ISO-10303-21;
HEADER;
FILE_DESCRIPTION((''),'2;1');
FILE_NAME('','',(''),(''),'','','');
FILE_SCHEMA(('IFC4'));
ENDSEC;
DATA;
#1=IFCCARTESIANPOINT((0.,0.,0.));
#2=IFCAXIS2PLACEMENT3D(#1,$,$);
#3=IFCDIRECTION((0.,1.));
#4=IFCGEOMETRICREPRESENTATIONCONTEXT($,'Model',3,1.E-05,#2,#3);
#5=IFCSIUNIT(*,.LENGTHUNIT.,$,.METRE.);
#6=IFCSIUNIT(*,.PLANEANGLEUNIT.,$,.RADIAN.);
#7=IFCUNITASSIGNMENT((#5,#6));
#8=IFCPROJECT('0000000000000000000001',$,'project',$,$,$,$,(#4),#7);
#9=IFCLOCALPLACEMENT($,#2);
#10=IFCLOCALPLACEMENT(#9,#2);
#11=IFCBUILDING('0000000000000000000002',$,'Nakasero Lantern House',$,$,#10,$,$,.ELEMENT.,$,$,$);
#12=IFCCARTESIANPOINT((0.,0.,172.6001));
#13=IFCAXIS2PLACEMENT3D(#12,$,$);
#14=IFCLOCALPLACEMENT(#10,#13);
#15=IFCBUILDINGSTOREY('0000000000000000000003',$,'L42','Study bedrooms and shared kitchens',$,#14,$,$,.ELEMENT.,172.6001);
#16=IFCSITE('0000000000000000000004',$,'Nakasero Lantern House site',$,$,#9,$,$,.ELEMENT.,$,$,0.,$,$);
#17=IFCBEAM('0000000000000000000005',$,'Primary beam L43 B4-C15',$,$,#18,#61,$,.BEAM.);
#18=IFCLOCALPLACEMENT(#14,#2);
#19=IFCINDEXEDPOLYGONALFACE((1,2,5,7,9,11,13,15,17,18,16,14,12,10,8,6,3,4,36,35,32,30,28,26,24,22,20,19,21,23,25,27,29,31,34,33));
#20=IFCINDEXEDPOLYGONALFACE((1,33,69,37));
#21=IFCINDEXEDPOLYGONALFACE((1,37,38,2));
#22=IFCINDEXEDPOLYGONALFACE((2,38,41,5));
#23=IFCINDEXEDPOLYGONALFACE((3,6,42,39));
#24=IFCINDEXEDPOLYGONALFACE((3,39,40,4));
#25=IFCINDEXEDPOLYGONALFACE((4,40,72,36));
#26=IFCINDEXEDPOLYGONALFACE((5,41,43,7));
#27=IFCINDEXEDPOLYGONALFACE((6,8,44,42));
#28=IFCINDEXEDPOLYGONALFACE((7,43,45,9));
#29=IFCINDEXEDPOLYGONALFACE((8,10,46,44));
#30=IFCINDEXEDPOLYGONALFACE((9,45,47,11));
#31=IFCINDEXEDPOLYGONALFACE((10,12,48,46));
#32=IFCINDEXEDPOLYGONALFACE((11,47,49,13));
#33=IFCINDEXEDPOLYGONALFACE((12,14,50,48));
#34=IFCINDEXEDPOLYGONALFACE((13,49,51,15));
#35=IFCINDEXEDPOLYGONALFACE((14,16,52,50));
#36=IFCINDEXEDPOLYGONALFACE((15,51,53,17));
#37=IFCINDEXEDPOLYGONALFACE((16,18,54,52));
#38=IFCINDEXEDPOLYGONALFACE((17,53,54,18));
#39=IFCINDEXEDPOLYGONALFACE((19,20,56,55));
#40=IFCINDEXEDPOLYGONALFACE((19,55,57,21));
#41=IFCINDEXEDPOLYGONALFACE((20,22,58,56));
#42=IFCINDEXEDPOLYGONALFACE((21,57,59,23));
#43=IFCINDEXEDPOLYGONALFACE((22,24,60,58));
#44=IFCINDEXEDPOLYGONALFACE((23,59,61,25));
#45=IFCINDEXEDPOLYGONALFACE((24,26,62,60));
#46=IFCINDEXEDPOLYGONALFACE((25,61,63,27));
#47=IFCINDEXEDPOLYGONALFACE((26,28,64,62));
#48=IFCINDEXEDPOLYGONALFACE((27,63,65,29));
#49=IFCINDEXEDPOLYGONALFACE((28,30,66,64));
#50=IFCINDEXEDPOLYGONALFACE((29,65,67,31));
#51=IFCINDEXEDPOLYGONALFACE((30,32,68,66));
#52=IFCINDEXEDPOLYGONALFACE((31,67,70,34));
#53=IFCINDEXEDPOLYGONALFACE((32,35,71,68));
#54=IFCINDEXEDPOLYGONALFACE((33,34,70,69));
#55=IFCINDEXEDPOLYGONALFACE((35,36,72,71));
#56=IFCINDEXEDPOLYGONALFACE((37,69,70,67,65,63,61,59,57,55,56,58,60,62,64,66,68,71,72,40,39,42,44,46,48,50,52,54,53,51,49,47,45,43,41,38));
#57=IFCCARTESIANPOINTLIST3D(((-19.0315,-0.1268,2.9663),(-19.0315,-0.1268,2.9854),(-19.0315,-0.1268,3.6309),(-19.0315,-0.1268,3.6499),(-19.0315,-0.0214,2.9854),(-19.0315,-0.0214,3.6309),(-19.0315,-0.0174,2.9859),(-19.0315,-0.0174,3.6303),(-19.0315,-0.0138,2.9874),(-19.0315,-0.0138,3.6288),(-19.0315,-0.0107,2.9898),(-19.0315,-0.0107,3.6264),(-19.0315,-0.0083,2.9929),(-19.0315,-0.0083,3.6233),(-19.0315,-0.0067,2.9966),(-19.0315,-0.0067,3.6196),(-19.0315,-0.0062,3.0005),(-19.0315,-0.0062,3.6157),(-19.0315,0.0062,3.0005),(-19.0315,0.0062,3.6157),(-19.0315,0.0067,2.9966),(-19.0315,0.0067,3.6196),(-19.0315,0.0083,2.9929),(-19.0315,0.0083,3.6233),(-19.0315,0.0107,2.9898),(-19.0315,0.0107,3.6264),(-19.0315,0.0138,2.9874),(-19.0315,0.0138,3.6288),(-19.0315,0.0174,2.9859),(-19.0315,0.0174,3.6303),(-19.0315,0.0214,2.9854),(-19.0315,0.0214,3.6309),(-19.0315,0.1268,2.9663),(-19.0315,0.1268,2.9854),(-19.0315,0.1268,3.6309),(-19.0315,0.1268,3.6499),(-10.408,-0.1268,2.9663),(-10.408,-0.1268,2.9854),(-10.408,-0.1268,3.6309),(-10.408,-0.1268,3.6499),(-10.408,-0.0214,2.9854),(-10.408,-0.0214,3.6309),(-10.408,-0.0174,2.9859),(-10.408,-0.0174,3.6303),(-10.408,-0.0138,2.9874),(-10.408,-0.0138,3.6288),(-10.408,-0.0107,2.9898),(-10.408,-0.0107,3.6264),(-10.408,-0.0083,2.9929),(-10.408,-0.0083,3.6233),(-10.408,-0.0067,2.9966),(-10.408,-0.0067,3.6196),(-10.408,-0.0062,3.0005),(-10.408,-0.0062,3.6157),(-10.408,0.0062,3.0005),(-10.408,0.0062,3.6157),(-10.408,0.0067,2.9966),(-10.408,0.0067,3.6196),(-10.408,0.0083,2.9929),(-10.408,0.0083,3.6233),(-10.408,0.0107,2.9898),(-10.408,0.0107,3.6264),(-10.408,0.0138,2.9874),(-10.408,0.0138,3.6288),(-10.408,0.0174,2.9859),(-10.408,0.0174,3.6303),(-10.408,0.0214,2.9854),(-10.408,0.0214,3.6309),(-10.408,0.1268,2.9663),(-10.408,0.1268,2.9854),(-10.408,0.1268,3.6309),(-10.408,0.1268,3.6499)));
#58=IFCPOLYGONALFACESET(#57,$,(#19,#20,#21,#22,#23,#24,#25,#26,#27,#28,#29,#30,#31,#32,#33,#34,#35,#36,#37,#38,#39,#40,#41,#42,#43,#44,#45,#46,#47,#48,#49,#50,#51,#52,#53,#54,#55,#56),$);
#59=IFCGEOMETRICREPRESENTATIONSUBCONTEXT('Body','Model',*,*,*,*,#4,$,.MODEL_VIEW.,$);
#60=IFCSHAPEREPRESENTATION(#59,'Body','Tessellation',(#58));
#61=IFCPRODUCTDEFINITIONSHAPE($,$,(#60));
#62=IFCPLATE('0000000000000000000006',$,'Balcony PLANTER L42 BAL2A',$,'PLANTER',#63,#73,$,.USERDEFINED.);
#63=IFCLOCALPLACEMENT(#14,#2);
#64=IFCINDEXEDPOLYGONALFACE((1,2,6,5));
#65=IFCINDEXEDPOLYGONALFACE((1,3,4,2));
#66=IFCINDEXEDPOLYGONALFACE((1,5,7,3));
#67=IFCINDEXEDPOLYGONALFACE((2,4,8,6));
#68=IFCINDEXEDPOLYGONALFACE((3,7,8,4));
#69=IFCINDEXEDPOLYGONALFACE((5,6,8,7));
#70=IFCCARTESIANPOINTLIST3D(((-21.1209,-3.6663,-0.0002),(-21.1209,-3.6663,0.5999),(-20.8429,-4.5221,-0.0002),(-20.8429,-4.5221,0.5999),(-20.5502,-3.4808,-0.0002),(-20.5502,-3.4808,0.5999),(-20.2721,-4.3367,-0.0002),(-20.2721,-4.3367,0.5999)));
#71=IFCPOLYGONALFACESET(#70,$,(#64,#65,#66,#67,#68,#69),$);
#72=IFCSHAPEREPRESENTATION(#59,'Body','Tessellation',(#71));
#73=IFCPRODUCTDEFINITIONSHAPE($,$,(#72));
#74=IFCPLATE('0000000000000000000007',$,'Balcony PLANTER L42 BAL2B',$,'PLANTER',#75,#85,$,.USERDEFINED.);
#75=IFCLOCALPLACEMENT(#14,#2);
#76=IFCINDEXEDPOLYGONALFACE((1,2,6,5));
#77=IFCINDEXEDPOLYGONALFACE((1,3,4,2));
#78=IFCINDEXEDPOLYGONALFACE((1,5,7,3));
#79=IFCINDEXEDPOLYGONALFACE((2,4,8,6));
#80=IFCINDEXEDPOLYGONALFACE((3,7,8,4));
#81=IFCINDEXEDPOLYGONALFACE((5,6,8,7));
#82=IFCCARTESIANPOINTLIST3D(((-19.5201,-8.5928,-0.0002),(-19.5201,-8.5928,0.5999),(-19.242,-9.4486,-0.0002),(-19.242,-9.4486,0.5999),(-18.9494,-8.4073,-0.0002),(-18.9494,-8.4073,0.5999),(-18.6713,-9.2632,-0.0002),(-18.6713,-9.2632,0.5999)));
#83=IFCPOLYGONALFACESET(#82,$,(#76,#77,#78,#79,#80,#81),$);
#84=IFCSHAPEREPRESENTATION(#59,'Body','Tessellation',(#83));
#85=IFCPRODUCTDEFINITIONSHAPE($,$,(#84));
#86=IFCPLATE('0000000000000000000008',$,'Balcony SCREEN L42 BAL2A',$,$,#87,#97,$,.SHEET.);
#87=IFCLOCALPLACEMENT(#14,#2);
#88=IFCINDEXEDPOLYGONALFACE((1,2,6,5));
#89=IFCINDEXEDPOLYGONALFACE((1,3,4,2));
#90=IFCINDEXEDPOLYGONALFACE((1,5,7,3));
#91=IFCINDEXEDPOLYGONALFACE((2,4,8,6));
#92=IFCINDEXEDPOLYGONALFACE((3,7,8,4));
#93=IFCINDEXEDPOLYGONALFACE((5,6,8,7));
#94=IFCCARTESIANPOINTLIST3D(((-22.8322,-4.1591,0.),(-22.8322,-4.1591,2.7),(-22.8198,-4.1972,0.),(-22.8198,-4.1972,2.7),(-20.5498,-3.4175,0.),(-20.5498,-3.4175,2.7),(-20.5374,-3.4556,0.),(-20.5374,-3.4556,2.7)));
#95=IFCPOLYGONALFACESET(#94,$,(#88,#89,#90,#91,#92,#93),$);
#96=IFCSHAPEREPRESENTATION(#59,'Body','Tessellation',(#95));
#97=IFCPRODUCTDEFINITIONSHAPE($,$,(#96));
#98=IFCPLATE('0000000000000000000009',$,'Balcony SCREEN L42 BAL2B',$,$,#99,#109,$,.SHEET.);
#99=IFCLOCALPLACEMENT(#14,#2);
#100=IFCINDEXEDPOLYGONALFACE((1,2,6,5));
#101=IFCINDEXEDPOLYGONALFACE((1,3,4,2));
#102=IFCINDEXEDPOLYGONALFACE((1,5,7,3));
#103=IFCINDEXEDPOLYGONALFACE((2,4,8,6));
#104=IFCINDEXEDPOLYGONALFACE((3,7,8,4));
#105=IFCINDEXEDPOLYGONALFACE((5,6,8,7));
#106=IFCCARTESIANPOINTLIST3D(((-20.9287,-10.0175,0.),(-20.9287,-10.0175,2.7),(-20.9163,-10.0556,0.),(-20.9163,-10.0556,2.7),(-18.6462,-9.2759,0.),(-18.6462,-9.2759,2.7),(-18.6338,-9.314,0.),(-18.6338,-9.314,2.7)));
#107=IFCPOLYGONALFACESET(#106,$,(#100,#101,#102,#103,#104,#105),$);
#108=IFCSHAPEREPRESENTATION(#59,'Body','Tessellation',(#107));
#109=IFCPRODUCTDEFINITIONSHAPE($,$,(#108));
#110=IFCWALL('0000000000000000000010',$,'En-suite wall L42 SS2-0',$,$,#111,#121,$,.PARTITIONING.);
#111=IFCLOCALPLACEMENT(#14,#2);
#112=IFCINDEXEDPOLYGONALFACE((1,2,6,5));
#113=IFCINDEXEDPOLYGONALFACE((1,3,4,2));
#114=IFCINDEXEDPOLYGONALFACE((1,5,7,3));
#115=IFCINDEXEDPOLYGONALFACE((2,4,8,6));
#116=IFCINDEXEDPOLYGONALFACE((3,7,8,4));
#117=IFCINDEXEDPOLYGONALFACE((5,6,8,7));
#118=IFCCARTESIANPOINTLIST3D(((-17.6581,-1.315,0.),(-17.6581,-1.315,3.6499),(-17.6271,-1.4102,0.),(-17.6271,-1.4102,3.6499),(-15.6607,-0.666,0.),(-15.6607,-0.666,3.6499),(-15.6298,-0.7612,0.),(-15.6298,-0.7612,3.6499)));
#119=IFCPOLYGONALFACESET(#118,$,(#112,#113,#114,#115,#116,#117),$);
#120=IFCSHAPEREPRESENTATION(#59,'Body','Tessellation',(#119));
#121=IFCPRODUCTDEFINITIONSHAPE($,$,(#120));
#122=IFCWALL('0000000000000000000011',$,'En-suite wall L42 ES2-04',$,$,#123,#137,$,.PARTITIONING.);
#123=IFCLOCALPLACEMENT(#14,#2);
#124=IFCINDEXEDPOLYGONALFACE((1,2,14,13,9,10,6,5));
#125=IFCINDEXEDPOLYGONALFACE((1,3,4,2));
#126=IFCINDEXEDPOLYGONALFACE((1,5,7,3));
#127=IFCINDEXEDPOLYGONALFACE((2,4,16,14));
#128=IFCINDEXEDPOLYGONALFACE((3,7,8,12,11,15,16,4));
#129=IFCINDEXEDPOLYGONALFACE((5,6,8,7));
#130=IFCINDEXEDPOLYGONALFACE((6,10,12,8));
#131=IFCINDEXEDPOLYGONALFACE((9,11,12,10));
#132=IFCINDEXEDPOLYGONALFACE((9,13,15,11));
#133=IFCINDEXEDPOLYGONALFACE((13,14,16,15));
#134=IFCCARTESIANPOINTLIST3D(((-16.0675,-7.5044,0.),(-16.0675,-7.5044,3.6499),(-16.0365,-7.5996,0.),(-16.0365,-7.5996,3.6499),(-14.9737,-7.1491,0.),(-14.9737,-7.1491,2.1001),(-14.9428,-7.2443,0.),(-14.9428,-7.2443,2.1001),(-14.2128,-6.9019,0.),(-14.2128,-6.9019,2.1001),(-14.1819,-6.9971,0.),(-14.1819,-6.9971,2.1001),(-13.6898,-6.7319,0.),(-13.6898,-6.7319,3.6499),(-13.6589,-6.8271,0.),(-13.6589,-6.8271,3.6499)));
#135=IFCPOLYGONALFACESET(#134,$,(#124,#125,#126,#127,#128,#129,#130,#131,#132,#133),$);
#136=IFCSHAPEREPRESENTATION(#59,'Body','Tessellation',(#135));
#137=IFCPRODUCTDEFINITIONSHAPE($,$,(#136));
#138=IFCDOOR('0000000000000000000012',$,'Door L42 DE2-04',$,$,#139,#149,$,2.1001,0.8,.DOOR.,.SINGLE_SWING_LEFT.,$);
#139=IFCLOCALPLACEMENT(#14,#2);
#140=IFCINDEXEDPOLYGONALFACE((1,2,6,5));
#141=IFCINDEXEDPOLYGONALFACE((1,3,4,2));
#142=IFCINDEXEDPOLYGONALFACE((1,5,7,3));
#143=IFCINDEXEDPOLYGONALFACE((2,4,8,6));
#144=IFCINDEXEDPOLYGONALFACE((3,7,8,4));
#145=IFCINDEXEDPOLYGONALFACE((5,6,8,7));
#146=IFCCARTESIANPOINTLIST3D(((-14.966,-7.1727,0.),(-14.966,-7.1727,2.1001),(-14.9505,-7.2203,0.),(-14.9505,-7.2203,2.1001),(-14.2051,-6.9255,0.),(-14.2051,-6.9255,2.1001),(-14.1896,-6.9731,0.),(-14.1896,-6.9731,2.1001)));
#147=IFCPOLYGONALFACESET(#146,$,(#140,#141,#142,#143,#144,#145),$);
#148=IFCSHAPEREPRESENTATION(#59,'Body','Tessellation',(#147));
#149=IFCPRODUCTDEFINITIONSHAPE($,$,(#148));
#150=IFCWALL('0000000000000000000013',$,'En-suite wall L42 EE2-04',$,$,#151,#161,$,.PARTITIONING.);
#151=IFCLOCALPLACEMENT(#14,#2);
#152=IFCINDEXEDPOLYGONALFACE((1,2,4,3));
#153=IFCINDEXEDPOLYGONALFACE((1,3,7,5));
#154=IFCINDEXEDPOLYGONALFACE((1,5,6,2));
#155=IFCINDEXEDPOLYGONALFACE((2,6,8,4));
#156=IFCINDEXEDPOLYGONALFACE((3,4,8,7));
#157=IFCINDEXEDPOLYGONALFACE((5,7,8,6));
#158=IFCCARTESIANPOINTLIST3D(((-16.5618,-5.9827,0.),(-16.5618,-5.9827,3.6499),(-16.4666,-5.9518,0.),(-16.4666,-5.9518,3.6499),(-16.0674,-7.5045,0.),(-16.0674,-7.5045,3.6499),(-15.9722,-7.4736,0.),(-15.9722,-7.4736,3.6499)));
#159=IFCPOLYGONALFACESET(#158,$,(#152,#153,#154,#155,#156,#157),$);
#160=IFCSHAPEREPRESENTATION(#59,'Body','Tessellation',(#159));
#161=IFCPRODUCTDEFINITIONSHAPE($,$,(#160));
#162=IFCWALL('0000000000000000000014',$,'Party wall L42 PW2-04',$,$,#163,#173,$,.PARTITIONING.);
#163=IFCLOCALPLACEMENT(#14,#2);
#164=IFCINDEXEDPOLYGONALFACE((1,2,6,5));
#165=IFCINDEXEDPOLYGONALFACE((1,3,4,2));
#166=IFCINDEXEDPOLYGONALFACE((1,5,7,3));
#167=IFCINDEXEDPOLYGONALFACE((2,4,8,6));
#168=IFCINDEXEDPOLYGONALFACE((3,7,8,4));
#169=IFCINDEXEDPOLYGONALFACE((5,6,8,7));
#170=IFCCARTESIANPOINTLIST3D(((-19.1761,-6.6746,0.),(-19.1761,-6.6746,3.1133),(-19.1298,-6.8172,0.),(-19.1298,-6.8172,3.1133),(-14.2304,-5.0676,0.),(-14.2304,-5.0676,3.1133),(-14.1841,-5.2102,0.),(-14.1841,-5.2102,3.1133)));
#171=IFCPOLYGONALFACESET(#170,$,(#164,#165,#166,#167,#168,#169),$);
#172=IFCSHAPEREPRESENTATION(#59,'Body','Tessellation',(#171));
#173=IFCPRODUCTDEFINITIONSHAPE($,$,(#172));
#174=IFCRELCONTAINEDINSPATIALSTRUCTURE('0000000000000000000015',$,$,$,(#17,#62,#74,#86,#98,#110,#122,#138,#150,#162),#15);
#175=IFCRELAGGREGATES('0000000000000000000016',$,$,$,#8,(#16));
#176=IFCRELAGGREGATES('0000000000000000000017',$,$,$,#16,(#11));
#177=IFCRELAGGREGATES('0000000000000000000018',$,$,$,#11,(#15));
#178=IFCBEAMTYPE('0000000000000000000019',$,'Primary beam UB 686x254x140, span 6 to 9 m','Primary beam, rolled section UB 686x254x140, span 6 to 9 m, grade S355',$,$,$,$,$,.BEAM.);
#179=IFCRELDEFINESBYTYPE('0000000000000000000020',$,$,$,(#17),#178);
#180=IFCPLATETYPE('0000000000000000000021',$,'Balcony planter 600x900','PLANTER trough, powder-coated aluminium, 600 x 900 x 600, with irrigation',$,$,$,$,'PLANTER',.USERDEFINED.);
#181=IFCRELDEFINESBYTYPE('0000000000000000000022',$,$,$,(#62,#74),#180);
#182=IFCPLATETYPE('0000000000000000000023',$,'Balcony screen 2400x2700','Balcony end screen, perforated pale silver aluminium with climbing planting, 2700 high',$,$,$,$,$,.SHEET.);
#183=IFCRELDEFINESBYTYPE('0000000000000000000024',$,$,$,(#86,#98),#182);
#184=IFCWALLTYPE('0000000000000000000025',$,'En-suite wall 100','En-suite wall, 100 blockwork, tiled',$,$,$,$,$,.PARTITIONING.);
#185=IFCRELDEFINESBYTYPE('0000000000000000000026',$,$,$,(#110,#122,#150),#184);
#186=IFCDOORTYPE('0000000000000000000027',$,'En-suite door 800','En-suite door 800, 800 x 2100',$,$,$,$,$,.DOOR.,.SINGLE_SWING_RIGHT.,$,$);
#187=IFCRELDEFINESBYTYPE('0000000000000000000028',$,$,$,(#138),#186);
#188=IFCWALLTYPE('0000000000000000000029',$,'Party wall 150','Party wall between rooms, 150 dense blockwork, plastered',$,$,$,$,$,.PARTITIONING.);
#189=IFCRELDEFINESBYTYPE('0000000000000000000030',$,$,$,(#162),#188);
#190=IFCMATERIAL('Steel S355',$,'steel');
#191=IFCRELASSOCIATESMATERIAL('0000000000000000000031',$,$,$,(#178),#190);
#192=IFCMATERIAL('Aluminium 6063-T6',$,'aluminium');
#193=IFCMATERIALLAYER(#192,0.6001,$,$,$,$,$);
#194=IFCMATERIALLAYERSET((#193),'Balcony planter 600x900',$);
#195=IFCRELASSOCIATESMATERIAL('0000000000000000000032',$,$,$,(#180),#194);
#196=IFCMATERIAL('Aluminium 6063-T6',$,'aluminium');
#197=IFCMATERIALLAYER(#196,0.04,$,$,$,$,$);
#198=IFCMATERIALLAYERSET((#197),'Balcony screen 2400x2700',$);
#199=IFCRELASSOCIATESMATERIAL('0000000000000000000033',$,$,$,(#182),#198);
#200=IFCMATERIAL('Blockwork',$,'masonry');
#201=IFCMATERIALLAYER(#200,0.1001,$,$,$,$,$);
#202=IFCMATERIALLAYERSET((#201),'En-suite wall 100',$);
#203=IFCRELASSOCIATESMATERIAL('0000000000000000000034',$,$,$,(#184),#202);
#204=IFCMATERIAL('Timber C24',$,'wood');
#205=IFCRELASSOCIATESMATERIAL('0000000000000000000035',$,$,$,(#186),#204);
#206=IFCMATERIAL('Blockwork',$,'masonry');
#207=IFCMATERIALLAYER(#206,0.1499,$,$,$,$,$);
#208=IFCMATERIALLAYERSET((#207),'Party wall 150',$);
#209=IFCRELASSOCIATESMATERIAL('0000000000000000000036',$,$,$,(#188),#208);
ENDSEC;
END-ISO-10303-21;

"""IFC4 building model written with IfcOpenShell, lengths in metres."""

from ifc_helpers import new_model, si_unit, direction, frame, frame_2d, origin, origin_2d, place, context, subcontext, project, spatial, rectangle, i_section, extrude, material, layer, layer_set, material_profile, profile_set, type_object, element, fill, save


model = new_model("IFC4")

# Units and contexts
model_context = context("Model", 3, precision=1e-05, world=origin(), true_north=direction((0.0, 1.0)))
body_context = subcontext(model_context, "Body", "Model", "MODEL_VIEW")
ifc_project = project(units=[si_unit("LENGTHUNIT", "METRE"), si_unit("PLANEANGLEUNIT", "RADIAN")], contexts=[model_context])

# Site, building, storey
site_placement = place(None, origin())
site = spatial("IfcSite", under=ifc_project, at=site_placement, Name="Nakasero Lantern House site", CompositionType="ELEMENT", RefElevation=0.0)
building_placement = place(site_placement, origin())
building = spatial("IfcBuilding", under=site, at=building_placement, Name="Nakasero Lantern House", CompositionType="ELEMENT")
storey_placement = place(building_placement, frame((0.0, 0.0, 172.6001)))
storey = spatial("IfcBuildingStorey", under=building, at=storey_placement, Name="L42", Description="Study bedrooms and shared kitchens", CompositionType="ELEMENT", Elevation=172.6001)

# Beam
ifc_material_1 = material(Name="Steel S355", Category="steel")
ifc_material_profile_1 = material_profile(ifc_material_1, i_section(OverallWidth=0.2537, OverallDepth=0.6836, WebThickness=0.0125, FlangeThickness=0.019, FilletRadius=0.0151, at=origin_2d()), Name="UB 686x254x140")
ifc_profile_set_1 = profile_set([ifc_material_profile_1], Name="Steel S355")
beam_type_1 = type_object("IfcBeamType", Name="Primary beam UB 686x254x140, span 6 to 9 m", Description="Primary beam, rolled section UB 686x254x140, span 6 to 9 m, grade S355", PredefinedType="BEAM", material=ifc_profile_set_1)
beam_1_placement = place(storey_placement, frame((-19.0315, 0.0, 3.3081), z_axis=(1.0, 0.0, 0.0), x_axis=(0.0, 1.0, 0.0)))
element("IfcBeam", 1, at=beam_1_placement, inside=storey, type_object=beam_type_1, Name="Primary beam L43 B4-C15", PredefinedType="BEAM", context=body_context, shape_type="SweptSolid", body=[
    extrude(i_section(OverallWidth=0.2537, OverallDepth=0.6836, WebThickness=0.0125, FlangeThickness=0.019, FilletRadius=0.0151, at=origin_2d()), origin(), (0.0, 0.0, 1.0), 8.6235),
])

# Plates
ifc_material_2 = material(Name="Aluminium 6063-T6", Category="aluminium")
ifc_layer_1 = layer(ifc_material_2, 0.6001)
ifc_layer_set_1 = layer_set([ifc_layer_1], Name="Balcony planter 600x900")
plate_type_1 = type_object("IfcPlateType", Name="Balcony planter 600x900", Description="PLANTER trough, powder-coated aluminium, 600 x 900 x 600, with irrigation", ElementType="PLANTER", PredefinedType="USERDEFINED", material=ifc_layer_set_1)
for number, where, z_axis, x_axis, name in (
    (2, (-20.6965, -4.0015, -0.0002), (0.0, 0.0, 1.0), (-0.951057, -0.309017, 0.0), "Balcony PLANTER L42 BAL2A"),
    (3, (-19.0957, -8.928, -0.0002), (0.0, 0.0, 1.0), (-0.951057, -0.309017, 0.0), "Balcony PLANTER L42 BAL2B"),
):
    element("IfcPlate", number, at=place(storey_placement, frame(where, z_axis=z_axis, x_axis=x_axis)), inside=storey, type_object=plate_type_1, Name=name, ObjectType="PLANTER", PredefinedType="USERDEFINED", context=body_context, shape_type="SweptSolid", body=[
        extrude(rectangle(XDim=0.6001, YDim=0.8999, at=origin_2d()), origin(), (0.0, 0.0, 1.0), 0.6001),
    ])
ifc_material_3 = material(Name="Aluminium 6063-T6", Category="aluminium")
ifc_layer_2 = layer(ifc_material_3, 0.04)
ifc_layer_set_2 = layer_set([ifc_layer_2], Name="Balcony screen 2400x2700")
plate_type_2 = type_object("IfcPlateType", Name="Balcony screen 2400x2700", Description="Balcony end screen, perforated pale silver aluminium with climbing planting, 2700 high", PredefinedType="SHEET", material=ifc_layer_set_2)
for number, where, z_axis, x_axis, name in (
    (4, (-21.6848, -3.8074, 0.0), (0.0, 0.0, 1.0), (-0.951057, -0.309017, 0.0), "Balcony SCREEN L42 BAL2A"),
    (5, (-19.7812, -9.6658, 0.0), (0.0, 0.0, 1.0), (-0.951057, -0.309017, 0.0), "Balcony SCREEN L42 BAL2B"),
):
    element("IfcPlate", number, at=place(storey_placement, frame(where, z_axis=z_axis, x_axis=x_axis)), inside=storey, type_object=plate_type_2, Name=name, PredefinedType="SHEET", context=body_context, shape_type="SweptSolid", body=[
        extrude(rectangle(XDim=2.3999, YDim=0.04, at=origin_2d()), origin(), (0.0, 0.0, 1.0), 2.7),
    ])

# Wall
ifc_material_4 = material(Name="Blockwork", Category="masonry")
ifc_layer_3 = layer(ifc_material_4, 0.1001)
ifc_layer_set_3 = layer_set([ifc_layer_3], Name="En-suite wall 100")
wall_type_1 = type_object("IfcWallType", Name="En-suite wall 100", Description="En-suite wall, 100 blockwork, tiled", PredefinedType="PARTITIONING", material=ifc_layer_set_3)
wall_1_placement = place(storey_placement, frame((-15.6453, -0.7136, 0.0), z_axis=(0.0, 0.0, 1.0), x_axis=(-0.951062, -0.308999, 0.0)))
element("IfcWall", 6, at=wall_1_placement, inside=storey, type_object=wall_type_1, Name="En-suite wall L42 SS2-0", PredefinedType="PARTITIONING", context=body_context, shape_type="SweptSolid", body=[
    extrude(rectangle(XDim=2.1001, YDim=0.1001, at=frame_2d((1.05, 0.0))), origin(), (0.0, 0.0, 1.0), 3.6499),
])

# Wall, opening, door
wall_2_placement = place(storey_placement, frame((-13.6743, -6.7795, 0.0), z_axis=(0.0, 0.0, 1.0), x_axis=(-0.951068, -0.308982, 0.0)))
wall_2 = element("IfcWall", 7, at=wall_2_placement, inside=storey, type_object=wall_type_1, Name="En-suite wall L42 ES2-04", PredefinedType="PARTITIONING", context=body_context, shape_type="SweptSolid", body=[
    extrude(rectangle(XDim=2.5, YDim=0.1001, at=frame_2d((1.25, 0.0))), origin(), (0.0, 0.0, 1.0), 3.6499),
])
opening_placement = place(wall_2_placement, frame((0.55, 0.0, 0.0)))
opening = element("IfcOpeningElement", 8, at=opening_placement, cuts=wall_2, PredefinedType="OPENING", context=body_context, shape_type="SweptSolid", body=[
    extrude(rectangle(XDim=0.8, YDim=2.1001, at=frame_2d((0.3999, 1.05))), frame((0.0, 0.0701, 0.0), z_axis=(0.0, -1.0, 0.0), x_axis=(1.0, 0.0, 0.0)), (0.0, 0.0, 1.0), 0.1401),
])
ifc_material_5 = material(Name="Timber C24", Category="wood")
door_type = type_object("IfcDoorType", Name="En-suite door 800", Description="En-suite door 800, 800 x 2100", OperationType="SINGLE_SWING_RIGHT", PredefinedType="DOOR", material=ifc_material_5)
door_placement = place(opening_placement, origin())
door = element("IfcDoor", 9, at=door_placement, inside=storey, type_object=door_type, Name="Door L42 DE2-04", OperationType="SINGLE_SWING_LEFT", OverallHeight=2.1001, OverallWidth=0.8, PredefinedType="DOOR", context=body_context, shape_type="SweptSolid", body=[
    extrude(rectangle(XDim=0.8, YDim=2.1001, at=frame_2d((0.3999, 1.05))), frame((0.0, 0.0249, 0.0), z_axis=(0.0, -1.0, 0.0), x_axis=(1.0, 0.0, 0.0)), (0.0, 0.0, 1.0), 0.05),
])
fill(opening, door)

# Walls
wall_3_placement = place(storey_placement, frame((-16.5142, -5.9673, 0.0), z_axis=(0.0, 0.0, 1.0), x_axis=(0.308986, -0.951067, 0.0)))
element("IfcWall", 10, at=wall_3_placement, inside=storey, type_object=wall_type_1, Name="En-suite wall L42 EE2-04", PredefinedType="PARTITIONING", context=body_context, shape_type="SweptSolid", body=[
    extrude(rectangle(XDim=1.6001, YDim=0.1001, at=frame_2d((0.8, 0.0))), origin(), (0.0, 0.0, 1.0), 3.6499),
])
ifc_material_6 = material(Name="Blockwork", Category="masonry")
ifc_layer_4 = layer(ifc_material_6, 0.1499)
ifc_layer_set_4 = layer_set([ifc_layer_4], Name="Party wall 150")
wall_type_2 = type_object("IfcWallType", Name="Party wall 150", Description="Party wall between rooms, 150 dense blockwork, plastered", PredefinedType="PARTITIONING", material=ifc_layer_set_4)
wall_4_placement = place(storey_placement, frame((-14.2073, -5.1389, 0.0), z_axis=(0.0, 0.0, 1.0), x_axis=(-0.951055, -0.309021, 0.0)))
element("IfcWall", 11, at=wall_4_placement, inside=storey, type_object=wall_type_2, Name="Party wall L42 PW2-04", PredefinedType="PARTITIONING", context=body_context, shape_type="SweptSolid", body=[
    extrude(rectangle(XDim=5.2002, YDim=0.1499, at=frame_2d((2.6001, 0.0))), origin(), (0.0, 0.0, 1.0), 3.1133),
])

save(model, "model.ifc")
